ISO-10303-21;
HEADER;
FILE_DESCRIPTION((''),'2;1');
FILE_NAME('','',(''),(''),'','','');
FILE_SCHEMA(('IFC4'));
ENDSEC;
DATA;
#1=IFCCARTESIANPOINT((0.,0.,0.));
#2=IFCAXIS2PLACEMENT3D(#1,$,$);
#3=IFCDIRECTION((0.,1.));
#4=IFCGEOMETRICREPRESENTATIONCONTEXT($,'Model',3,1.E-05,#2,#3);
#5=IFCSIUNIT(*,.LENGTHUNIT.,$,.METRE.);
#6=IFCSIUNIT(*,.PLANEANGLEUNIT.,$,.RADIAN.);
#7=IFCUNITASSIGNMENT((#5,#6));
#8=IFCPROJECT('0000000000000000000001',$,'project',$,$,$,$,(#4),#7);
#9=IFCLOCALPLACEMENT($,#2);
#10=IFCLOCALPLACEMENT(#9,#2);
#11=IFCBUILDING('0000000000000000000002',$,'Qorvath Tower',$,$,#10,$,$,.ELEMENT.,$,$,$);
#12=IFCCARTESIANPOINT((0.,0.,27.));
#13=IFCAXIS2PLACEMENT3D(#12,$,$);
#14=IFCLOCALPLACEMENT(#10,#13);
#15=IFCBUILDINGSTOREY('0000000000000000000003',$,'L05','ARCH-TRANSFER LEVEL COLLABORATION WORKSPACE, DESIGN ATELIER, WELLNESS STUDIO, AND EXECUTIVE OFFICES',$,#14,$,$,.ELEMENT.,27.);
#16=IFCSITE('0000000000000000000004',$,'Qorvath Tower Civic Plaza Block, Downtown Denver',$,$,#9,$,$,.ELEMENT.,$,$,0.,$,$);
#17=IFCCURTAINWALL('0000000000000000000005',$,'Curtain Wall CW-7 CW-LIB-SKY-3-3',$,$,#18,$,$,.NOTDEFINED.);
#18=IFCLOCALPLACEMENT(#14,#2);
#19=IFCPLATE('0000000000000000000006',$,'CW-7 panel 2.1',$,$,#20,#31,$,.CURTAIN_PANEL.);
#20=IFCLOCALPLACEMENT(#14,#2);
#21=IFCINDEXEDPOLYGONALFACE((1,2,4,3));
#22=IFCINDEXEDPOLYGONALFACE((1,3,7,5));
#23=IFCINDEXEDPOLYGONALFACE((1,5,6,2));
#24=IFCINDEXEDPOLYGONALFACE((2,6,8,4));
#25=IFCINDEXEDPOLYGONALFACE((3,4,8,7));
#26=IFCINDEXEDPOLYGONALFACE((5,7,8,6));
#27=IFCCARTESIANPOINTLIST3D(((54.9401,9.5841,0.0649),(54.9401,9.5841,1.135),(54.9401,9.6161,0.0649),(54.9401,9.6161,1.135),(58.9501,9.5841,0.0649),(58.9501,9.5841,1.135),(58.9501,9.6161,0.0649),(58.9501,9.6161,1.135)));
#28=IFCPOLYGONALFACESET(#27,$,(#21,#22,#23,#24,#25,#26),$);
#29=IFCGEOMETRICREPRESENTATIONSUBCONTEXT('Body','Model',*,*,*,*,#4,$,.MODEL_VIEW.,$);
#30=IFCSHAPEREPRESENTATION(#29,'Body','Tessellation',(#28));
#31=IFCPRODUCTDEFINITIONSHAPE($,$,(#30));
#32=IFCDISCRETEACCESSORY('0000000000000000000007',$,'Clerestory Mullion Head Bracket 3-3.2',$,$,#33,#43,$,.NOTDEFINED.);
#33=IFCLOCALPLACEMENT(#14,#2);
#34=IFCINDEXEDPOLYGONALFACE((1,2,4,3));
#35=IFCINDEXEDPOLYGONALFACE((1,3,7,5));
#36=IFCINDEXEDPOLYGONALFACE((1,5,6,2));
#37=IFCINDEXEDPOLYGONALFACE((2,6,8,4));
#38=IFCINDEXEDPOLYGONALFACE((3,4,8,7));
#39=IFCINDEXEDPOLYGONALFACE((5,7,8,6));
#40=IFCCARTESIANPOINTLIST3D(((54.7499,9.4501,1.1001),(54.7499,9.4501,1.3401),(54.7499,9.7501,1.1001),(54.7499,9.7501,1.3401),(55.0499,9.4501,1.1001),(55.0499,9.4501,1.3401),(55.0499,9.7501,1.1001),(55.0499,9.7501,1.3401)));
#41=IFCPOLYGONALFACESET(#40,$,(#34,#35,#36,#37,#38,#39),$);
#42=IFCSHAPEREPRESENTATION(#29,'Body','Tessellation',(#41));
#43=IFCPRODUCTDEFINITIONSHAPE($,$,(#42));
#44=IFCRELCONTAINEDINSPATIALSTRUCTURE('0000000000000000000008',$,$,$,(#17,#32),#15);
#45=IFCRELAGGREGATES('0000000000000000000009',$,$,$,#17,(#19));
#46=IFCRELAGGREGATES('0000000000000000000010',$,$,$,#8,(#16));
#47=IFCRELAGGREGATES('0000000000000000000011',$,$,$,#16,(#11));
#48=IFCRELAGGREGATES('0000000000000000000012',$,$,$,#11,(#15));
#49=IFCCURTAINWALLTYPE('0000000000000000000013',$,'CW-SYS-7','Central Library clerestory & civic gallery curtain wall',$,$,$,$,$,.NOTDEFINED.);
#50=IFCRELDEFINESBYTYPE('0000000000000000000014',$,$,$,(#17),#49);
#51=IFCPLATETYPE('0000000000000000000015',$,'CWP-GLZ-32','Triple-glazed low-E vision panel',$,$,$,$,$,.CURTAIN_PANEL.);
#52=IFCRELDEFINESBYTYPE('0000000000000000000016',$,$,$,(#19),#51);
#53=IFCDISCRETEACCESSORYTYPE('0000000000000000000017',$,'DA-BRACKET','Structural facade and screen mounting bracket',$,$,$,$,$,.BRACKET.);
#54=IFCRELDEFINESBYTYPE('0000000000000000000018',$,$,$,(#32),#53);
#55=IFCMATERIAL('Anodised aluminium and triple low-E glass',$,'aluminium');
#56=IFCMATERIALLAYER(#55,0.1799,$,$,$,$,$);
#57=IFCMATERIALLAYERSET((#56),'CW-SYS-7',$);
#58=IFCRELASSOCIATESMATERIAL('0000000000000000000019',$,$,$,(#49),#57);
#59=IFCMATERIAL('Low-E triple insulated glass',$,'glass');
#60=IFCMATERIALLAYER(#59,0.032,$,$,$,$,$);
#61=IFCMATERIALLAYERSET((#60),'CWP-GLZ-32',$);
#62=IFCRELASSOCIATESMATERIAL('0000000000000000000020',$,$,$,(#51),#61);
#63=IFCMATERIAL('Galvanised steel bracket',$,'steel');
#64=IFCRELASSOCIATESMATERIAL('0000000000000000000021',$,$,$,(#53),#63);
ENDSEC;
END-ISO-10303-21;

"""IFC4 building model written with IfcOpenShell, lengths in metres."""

from ifc_helpers import new_model, si_unit, direction, frame, origin, origin_2d, place, context, subcontext, project, spatial, rectangle, extrude, material, layer, layer_set, type_object, element, aggregate, save


model = new_model("IFC4")

# Units and contexts
model_context = context("Model", 3, precision=1e-05, world=origin(), true_north=direction((0.0, 1.0)))
body_context = subcontext(model_context, "Body", "Model", "MODEL_VIEW")
ifc_project = project(units=[si_unit("LENGTHUNIT", "METRE"), si_unit("PLANEANGLEUNIT", "RADIAN")], contexts=[model_context])

# Site, building, storey
site_placement = place(None, origin())
site = spatial("IfcSite", under=ifc_project, at=site_placement, Name="Qorvath Tower Civic Plaza Block, Downtown Denver", CompositionType="ELEMENT", RefElevation=0.0)
building_placement = place(site_placement, origin())
building = spatial("IfcBuilding", under=site, at=building_placement, Name="Qorvath Tower", CompositionType="ELEMENT")
storey_placement = place(building_placement, frame((0.0, 0.0, 27.0)))
storey = spatial("IfcBuildingStorey", under=building, at=storey_placement, Name="L05", Description="ARCH-TRANSFER LEVEL COLLABORATION WORKSPACE, DESIGN ATELIER, WELLNESS STUDIO, AND EXECUTIVE OFFICES", CompositionType="ELEMENT", Elevation=27.0)

# Curtain wall
ifc_material_1 = material(Name="Anodised aluminium and triple low-E glass", Category="aluminium")
ifc_layer_1 = layer(ifc_material_1, 0.1799)
ifc_layer_set_1 = layer_set([ifc_layer_1], Name="CW-SYS-7")
curtain_wall_type = type_object("IfcCurtainWallType", Name="CW-SYS-7", Description="Central Library clerestory & civic gallery curtain wall", PredefinedType="NOTDEFINED", material=ifc_layer_set_1)
curtain_wall_placement = place(storey_placement, origin())
curtain_wall = element("IfcCurtainWall", 1, at=curtain_wall_placement, inside=storey, type_object=curtain_wall_type, Name="Curtain Wall CW-7 CW-LIB-SKY-3-3", PredefinedType="NOTDEFINED")

# Plate
ifc_material_2 = material(Name="Low-E triple insulated glass", Category="glass")
ifc_layer_2 = layer(ifc_material_2, 0.032)
ifc_layer_set_2 = layer_set([ifc_layer_2], Name="CWP-GLZ-32")
plate_type = type_object("IfcPlateType", Name="CWP-GLZ-32", Description="Triple-glazed low-E vision panel", PredefinedType="CURTAIN_PANEL", material=ifc_layer_set_2)
plate_placement = place(storey_placement, frame((56.9451, 9.6001, 0.0649), z_axis=(0.0, 0.0, 1.0), x_axis=(1.0, 0.0, 0.0)))
plate = element("IfcPlate", 2, at=plate_placement, type_object=plate_type, Name="CW-7 panel 2.1", PredefinedType="CURTAIN_PANEL", context=body_context, shape_type="SweptSolid", body=[
    extrude(rectangle(XDim=4.01, YDim=0.032, at=origin_2d()), origin(), (0.0, 0.0, 1.0), 1.0701),
])
aggregate(curtain_wall, [plate])

# Discrete accessory
ifc_material_3 = material(Name="Galvanised steel bracket", Category="steel")
discrete_accessory_type = type_object("IfcDiscreteAccessoryType", Name="DA-BRACKET", Description="Structural facade and screen mounting bracket", PredefinedType="BRACKET", material=ifc_material_3)
discrete_accessory_placement = place(storey_placement, frame((54.8999, 9.6001, 1.1001), z_axis=(0.0, 0.0, 1.0), x_axis=(1.0, 0.0, 0.0)))
element("IfcDiscreteAccessory", 3, at=discrete_accessory_placement, inside=storey, type_object=discrete_accessory_type, Name="Clerestory Mullion Head Bracket 3-3.2", PredefinedType="NOTDEFINED", context=body_context, shape_type="SweptSolid", body=[
    extrude(rectangle(XDim=0.3, YDim=0.3, at=origin_2d()), origin(), (0.0, 0.0, 1.0), 0.24),
])

save(model, "model.ifc")
